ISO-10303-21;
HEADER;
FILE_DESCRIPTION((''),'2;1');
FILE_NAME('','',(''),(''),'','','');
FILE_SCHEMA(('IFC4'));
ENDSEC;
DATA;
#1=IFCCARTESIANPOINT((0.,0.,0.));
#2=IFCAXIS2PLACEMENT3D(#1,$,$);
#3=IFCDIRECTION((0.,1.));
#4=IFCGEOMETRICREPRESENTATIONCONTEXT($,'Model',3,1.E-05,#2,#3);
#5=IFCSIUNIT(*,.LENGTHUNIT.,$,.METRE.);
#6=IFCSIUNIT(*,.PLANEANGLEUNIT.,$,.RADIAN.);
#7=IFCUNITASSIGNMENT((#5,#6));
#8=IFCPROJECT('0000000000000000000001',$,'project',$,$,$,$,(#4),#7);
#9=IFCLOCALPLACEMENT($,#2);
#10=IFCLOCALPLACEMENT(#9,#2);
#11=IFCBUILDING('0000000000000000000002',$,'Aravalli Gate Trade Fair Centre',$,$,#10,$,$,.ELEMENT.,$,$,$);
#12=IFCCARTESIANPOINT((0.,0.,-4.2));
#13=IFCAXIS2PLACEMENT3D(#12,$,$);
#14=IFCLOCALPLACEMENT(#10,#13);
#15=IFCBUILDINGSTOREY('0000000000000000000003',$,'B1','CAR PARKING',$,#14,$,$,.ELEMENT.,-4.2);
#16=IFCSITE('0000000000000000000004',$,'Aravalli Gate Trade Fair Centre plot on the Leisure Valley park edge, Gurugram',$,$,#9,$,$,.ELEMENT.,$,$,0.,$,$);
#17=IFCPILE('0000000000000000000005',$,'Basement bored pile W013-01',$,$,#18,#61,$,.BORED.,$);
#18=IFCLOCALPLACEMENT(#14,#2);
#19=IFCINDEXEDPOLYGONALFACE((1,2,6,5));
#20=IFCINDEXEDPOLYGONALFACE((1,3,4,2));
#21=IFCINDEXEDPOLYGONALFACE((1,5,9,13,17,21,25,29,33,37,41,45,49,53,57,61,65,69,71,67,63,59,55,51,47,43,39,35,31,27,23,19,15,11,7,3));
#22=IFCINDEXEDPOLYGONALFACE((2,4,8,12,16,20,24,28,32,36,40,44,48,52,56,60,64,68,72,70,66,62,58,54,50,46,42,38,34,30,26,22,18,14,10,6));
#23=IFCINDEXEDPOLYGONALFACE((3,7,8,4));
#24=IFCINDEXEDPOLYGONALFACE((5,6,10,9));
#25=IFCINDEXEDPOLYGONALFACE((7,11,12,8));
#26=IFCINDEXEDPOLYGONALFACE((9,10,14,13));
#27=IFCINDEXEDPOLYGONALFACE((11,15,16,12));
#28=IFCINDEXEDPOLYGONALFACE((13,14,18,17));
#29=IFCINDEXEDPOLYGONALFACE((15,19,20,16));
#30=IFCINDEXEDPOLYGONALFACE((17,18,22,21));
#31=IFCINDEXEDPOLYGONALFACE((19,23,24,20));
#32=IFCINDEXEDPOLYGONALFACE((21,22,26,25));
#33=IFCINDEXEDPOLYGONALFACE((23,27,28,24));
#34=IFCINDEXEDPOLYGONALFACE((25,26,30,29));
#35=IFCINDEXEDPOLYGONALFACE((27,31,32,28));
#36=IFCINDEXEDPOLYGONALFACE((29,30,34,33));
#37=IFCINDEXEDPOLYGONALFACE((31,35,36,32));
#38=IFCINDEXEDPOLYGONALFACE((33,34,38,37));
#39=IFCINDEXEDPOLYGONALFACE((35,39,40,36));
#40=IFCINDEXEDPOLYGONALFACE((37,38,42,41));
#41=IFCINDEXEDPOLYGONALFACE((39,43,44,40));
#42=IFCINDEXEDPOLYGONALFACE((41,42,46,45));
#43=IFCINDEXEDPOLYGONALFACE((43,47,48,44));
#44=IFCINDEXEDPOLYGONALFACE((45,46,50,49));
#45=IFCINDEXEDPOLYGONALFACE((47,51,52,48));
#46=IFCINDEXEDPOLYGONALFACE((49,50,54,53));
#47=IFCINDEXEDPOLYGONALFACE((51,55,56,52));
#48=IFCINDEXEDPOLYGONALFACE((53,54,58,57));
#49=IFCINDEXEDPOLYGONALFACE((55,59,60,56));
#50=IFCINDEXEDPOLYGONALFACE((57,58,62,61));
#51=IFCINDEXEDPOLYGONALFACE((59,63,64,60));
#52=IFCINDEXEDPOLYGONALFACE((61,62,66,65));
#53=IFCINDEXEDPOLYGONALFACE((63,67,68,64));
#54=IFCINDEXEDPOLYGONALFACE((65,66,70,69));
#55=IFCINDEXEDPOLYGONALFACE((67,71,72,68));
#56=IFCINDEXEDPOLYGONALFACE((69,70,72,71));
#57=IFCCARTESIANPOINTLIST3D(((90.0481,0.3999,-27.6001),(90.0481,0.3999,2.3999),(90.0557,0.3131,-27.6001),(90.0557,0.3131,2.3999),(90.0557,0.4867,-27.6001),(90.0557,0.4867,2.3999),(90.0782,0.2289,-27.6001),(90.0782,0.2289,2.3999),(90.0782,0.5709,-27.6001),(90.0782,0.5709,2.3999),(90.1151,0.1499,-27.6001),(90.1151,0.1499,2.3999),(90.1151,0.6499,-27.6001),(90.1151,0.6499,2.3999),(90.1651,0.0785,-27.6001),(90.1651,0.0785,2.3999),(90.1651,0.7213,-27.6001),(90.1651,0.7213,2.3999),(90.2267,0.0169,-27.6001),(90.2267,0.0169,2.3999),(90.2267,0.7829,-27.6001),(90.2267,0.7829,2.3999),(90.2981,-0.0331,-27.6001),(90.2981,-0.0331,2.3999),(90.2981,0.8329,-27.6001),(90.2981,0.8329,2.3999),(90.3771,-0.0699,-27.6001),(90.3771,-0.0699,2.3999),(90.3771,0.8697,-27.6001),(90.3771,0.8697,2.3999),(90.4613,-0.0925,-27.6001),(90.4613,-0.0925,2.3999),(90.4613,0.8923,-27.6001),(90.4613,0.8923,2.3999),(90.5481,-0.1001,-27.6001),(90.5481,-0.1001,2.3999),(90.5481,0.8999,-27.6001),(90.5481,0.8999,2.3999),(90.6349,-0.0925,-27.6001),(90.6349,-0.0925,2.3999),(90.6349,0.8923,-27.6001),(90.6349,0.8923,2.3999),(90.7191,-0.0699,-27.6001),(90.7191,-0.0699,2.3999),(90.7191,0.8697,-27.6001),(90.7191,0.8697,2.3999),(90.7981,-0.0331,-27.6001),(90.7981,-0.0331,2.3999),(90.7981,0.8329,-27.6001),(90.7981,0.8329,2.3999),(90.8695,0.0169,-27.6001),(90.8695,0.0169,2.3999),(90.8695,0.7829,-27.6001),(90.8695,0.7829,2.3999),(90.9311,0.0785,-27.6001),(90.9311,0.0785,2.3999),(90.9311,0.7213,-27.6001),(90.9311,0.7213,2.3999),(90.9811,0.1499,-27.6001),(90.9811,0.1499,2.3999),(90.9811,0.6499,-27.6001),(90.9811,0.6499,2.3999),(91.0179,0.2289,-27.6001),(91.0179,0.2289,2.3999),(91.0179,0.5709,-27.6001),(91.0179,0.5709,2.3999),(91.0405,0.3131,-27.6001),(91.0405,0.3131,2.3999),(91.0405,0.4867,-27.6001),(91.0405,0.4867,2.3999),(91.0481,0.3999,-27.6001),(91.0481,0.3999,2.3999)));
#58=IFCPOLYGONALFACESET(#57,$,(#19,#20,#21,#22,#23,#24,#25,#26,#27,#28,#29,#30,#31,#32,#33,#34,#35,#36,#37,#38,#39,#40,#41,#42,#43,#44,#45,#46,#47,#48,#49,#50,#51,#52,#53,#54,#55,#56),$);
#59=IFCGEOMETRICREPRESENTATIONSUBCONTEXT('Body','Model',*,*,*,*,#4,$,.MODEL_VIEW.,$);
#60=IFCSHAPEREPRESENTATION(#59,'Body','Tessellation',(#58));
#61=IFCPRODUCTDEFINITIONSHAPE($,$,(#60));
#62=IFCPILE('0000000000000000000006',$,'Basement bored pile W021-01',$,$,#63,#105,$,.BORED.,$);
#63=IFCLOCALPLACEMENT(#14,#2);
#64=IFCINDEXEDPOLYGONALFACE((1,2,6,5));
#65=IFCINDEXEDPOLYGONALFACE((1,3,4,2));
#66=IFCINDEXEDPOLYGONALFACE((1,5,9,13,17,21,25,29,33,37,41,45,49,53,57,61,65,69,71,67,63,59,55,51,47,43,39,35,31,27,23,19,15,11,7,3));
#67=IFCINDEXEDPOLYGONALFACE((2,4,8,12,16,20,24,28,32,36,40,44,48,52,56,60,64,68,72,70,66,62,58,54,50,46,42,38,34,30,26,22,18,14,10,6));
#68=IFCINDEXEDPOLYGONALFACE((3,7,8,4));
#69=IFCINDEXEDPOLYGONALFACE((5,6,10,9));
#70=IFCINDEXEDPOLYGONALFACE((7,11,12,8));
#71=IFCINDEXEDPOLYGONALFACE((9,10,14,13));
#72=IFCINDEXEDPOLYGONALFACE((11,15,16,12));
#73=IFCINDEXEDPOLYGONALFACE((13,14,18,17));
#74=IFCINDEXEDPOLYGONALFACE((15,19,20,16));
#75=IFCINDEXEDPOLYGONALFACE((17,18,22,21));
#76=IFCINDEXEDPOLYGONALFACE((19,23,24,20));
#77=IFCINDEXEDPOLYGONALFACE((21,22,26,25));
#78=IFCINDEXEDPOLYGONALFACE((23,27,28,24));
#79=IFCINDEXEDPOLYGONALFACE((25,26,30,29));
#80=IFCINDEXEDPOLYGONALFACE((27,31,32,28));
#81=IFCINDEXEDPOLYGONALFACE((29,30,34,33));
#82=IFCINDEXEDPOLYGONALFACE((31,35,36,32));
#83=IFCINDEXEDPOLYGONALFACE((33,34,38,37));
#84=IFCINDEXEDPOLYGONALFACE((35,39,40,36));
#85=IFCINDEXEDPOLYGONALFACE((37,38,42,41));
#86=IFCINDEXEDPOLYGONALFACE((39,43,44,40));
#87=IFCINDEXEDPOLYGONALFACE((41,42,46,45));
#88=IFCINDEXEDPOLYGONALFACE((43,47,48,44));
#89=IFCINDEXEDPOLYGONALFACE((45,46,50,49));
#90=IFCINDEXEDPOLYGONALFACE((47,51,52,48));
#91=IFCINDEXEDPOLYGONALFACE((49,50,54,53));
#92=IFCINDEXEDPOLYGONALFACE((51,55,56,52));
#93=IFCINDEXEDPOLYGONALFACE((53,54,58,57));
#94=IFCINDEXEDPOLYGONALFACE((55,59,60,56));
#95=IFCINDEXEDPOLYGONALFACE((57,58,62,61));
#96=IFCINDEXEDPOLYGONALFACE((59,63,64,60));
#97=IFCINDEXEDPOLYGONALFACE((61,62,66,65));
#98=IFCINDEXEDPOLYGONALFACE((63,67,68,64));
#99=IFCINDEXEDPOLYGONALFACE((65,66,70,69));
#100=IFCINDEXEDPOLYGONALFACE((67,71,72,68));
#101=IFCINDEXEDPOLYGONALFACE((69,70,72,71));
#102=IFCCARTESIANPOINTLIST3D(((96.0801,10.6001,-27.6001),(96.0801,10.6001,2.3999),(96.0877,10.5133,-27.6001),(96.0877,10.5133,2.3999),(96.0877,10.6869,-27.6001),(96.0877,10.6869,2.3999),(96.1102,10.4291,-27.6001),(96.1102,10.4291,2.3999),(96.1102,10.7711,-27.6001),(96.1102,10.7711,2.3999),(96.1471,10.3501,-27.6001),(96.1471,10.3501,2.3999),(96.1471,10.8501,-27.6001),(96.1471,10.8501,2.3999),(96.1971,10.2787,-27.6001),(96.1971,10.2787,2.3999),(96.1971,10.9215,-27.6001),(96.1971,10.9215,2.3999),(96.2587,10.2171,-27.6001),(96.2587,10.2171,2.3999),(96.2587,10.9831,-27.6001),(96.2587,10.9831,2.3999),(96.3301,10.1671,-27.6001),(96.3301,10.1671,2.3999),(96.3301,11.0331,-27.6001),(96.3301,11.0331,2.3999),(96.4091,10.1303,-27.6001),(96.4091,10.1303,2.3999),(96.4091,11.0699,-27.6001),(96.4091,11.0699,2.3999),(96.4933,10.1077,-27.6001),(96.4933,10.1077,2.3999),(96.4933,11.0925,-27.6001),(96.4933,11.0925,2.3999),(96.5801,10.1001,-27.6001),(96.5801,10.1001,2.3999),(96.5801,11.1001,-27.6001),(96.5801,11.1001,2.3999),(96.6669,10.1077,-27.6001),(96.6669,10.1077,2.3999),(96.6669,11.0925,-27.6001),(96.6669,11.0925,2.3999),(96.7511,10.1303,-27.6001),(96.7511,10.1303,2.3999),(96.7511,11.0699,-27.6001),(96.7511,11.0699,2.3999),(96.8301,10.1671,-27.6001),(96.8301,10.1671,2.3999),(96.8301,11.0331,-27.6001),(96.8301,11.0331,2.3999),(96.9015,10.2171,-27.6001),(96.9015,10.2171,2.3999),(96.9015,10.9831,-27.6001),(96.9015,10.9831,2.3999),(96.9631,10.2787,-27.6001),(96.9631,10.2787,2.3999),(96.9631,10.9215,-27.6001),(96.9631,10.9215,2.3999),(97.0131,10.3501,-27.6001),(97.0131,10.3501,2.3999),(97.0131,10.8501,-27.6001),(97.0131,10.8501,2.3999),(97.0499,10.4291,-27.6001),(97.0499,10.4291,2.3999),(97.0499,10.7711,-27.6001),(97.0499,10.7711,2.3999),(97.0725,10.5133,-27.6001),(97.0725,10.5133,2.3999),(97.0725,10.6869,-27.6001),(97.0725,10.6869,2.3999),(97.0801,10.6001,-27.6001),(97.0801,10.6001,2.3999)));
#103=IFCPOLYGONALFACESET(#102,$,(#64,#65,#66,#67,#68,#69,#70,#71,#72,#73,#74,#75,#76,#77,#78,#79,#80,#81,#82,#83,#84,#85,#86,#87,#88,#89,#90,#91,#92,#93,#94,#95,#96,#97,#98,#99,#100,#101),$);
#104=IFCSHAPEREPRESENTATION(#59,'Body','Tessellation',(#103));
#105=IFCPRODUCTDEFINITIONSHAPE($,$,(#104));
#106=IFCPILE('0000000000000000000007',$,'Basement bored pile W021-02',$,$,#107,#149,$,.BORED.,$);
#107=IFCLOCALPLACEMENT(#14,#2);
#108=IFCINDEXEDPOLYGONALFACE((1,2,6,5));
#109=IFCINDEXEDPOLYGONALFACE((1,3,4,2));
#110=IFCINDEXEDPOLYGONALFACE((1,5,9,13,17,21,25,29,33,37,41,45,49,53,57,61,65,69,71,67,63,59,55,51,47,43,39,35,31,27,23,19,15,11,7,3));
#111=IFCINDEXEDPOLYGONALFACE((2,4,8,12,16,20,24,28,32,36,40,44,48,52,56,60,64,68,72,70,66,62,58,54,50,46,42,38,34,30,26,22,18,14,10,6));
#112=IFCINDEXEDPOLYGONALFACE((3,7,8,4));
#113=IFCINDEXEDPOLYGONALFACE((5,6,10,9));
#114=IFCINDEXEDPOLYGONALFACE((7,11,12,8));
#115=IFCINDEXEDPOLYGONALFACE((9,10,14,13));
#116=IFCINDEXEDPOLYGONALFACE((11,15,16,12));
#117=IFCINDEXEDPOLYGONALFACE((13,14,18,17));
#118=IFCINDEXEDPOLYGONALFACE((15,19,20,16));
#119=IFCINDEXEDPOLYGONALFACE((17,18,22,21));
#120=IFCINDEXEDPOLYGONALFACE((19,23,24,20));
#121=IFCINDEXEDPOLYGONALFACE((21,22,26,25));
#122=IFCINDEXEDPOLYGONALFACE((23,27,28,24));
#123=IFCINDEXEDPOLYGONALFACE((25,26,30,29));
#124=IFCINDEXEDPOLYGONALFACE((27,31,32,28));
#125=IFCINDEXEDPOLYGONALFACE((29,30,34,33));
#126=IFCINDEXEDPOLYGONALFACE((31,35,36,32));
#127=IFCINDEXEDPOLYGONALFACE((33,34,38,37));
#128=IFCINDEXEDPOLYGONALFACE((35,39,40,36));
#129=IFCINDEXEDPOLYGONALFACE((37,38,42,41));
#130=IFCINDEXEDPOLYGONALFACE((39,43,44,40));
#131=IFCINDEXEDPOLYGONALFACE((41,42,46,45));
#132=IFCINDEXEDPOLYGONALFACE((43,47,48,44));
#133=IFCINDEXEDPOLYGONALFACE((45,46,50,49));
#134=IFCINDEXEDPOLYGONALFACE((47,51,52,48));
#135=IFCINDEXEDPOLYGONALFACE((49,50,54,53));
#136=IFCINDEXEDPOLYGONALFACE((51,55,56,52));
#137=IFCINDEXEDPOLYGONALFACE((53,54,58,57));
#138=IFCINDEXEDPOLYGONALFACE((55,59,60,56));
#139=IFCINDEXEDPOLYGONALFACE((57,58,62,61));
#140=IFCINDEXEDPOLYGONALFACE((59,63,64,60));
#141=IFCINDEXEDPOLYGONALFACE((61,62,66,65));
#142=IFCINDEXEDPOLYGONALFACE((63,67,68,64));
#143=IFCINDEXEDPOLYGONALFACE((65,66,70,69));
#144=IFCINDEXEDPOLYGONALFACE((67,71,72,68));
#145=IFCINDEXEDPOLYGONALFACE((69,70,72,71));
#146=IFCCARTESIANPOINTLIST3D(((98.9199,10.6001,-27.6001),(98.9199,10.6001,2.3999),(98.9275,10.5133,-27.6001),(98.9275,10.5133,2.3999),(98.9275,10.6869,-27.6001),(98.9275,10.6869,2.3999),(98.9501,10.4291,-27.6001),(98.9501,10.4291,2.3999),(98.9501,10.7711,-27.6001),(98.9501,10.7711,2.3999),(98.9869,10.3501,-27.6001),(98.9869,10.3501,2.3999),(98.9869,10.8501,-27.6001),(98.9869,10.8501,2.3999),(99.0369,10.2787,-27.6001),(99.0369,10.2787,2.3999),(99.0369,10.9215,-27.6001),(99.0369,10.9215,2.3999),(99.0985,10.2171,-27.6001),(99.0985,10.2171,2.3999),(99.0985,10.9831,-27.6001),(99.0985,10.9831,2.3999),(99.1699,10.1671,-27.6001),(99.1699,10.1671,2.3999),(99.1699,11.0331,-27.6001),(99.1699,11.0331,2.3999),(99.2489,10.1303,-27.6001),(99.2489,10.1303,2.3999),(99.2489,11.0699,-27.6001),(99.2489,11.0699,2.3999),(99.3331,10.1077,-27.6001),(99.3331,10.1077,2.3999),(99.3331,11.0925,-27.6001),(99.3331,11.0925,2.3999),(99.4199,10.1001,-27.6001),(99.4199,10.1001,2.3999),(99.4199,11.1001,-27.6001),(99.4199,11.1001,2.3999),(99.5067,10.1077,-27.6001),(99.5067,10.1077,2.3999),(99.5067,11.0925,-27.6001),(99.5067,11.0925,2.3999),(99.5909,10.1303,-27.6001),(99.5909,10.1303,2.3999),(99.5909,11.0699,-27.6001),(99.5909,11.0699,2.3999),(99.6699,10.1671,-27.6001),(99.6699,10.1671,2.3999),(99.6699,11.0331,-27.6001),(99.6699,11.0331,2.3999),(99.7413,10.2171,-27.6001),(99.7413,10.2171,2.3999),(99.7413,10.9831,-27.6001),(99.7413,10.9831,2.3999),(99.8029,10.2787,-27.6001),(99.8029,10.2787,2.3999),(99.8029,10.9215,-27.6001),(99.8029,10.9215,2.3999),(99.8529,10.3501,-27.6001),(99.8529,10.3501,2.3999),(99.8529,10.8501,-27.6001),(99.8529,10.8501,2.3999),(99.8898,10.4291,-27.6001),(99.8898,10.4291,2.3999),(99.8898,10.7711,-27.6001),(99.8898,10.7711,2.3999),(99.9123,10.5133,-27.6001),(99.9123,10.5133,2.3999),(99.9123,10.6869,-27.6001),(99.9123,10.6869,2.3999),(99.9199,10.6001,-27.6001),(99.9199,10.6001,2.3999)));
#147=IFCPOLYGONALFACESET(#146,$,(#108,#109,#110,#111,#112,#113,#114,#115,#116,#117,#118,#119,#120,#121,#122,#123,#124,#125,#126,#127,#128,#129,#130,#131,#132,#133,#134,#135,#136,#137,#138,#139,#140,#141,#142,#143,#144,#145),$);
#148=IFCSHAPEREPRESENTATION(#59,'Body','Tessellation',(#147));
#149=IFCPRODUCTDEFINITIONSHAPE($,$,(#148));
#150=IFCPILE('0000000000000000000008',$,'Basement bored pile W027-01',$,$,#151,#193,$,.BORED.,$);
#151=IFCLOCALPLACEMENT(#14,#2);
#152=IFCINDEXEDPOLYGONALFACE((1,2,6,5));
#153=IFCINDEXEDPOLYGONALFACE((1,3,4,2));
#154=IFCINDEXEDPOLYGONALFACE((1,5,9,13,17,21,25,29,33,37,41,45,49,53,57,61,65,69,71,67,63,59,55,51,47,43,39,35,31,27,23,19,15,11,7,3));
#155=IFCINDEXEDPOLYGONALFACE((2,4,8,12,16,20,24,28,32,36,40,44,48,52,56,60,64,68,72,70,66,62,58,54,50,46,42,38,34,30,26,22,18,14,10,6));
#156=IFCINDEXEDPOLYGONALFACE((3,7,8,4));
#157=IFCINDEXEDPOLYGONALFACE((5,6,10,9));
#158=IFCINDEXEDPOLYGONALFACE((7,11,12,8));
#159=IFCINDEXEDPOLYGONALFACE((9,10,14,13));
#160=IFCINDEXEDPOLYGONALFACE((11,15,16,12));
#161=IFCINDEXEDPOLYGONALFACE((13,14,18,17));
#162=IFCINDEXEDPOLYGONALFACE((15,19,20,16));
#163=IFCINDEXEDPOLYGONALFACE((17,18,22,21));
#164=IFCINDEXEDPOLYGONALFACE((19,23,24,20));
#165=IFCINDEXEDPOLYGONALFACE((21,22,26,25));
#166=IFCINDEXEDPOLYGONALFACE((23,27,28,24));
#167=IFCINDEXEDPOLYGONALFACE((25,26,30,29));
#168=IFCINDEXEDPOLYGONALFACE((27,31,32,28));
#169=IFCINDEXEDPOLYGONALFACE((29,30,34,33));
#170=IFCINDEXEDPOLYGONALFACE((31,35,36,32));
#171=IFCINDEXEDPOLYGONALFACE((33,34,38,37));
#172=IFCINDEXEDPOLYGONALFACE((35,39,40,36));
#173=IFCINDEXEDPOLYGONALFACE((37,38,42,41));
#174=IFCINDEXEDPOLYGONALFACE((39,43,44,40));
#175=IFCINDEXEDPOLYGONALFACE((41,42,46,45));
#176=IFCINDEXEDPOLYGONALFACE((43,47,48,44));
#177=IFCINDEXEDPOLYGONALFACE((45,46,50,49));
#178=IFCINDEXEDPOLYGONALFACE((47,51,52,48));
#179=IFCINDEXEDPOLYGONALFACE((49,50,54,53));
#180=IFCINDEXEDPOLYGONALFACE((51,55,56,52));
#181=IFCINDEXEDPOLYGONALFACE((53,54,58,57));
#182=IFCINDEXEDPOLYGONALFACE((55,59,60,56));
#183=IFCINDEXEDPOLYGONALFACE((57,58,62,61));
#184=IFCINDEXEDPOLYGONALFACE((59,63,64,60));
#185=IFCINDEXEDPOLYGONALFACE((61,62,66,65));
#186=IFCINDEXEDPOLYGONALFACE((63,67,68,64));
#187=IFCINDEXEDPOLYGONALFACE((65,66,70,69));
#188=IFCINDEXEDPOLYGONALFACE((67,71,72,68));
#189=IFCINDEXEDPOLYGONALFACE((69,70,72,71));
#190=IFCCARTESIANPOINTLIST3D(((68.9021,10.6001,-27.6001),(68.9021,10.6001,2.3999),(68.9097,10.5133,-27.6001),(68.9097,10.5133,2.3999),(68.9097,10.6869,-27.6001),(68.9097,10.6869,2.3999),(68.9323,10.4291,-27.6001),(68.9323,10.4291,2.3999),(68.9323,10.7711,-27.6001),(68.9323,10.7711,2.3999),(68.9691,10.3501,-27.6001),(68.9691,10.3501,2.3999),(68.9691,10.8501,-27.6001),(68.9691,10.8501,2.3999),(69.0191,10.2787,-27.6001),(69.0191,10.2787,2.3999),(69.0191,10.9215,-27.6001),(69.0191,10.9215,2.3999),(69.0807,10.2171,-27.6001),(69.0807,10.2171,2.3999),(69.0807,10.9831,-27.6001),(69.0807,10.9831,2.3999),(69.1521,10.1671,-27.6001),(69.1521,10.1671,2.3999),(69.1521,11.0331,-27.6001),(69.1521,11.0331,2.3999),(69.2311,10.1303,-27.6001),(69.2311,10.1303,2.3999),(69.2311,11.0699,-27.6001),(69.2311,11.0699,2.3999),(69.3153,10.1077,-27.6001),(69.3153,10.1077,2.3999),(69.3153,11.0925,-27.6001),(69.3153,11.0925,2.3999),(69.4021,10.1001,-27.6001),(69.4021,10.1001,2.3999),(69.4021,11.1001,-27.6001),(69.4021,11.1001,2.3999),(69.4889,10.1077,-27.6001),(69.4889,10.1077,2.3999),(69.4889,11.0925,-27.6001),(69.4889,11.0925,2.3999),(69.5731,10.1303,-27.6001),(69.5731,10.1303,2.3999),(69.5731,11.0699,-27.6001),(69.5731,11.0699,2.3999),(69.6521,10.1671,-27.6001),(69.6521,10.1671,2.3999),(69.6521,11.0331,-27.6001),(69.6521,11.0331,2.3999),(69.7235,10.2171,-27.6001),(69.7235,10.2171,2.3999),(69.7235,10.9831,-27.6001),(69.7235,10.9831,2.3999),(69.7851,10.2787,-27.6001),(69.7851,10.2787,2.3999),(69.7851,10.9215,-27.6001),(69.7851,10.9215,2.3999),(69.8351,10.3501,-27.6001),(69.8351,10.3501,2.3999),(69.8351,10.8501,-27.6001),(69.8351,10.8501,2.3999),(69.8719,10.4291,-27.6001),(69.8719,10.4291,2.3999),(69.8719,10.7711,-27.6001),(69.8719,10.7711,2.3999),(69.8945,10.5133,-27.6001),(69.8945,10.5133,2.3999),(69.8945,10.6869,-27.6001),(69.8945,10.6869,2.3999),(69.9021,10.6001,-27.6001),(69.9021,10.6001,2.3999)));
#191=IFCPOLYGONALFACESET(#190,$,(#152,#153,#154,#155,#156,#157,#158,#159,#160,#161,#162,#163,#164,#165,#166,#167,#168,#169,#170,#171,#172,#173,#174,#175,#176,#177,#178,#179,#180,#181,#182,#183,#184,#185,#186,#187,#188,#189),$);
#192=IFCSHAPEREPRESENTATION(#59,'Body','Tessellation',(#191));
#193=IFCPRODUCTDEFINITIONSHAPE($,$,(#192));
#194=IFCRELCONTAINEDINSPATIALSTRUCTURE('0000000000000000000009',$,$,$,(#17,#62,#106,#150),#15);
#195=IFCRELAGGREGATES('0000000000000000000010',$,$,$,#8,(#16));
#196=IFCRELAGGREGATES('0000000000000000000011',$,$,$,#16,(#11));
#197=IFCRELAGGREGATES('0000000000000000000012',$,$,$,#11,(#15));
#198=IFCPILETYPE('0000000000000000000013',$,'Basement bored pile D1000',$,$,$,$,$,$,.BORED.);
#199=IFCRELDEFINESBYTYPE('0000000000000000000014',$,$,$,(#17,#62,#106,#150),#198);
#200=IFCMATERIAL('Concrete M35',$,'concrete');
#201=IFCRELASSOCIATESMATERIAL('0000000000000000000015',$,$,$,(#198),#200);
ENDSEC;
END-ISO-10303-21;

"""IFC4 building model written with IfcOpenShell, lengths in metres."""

from ifc_helpers import new_model, si_unit, direction, frame, origin, origin_2d, place, context, subcontext, project, spatial, circle, extrude, material, material_profile, profile_set, type_object, element, save


model = new_model("IFC4")

# Units and contexts
model_context = context("Model", 3, precision=1e-05, world=origin(), true_north=direction((0.0, 1.0)))
body_context = subcontext(model_context, "Body", "Model", "MODEL_VIEW")
ifc_project = project(units=[si_unit("LENGTHUNIT", "METRE"), si_unit("PLANEANGLEUNIT", "RADIAN")], contexts=[model_context])

# Site, building, storey
site_placement = place(None, origin())
site = spatial("IfcSite", under=ifc_project, at=site_placement, Name="Aravalli Gate Trade Fair Centre plot on the Leisure Valley park edge, Gurugram", CompositionType="ELEMENT", RefElevation=0.0)
building_placement = place(site_placement, origin())
building = spatial("IfcBuilding", under=site, at=building_placement, Name="Aravalli Gate Trade Fair Centre", CompositionType="ELEMENT")
storey_placement = place(building_placement, frame((0.0, 0.0, -4.2)))
storey = spatial("IfcBuildingStorey", under=building, at=storey_placement, Name="B1", Description="CAR PARKING", CompositionType="ELEMENT", Elevation=-4.2)

# Piles
ifc_material = material(Name="Concrete M35", Category="concrete")
ifc_material_profile = material_profile(ifc_material, circle(Radius=0.5, at=origin_2d()), Name="D1000")
ifc_profile_set = profile_set([ifc_material_profile], Name="Concrete M35")
pile_type = type_object("IfcPileType", Name="Basement bored pile D1000", PredefinedType="BORED", material=ifc_profile_set)
for number, where, z_axis, x_axis, name in (
    (1, (90.5481, 0.3999, 2.3999), (0.0, 0.0, -1.0), (1.0, 0.0, 0.0), "Basement bored pile W013-01"),
    (2, (96.5801, 10.6001, 2.3999), (0.0, 0.0, -1.0), (1.0, 0.0, 0.0), "Basement bored pile W021-01"),
    (3, (99.4199, 10.6001, 2.3999), (0.0, 0.0, -1.0), (1.0, 0.0, 0.0), "Basement bored pile W021-02"),
    (4, (69.4021, 10.6001, 2.3999), (0.0, 0.0, -1.0), (1.0, 0.0, 0.0), "Basement bored pile W027-01"),
):
    element("IfcPile", number, at=place(storey_placement, frame(where, z_axis=z_axis, x_axis=x_axis)), inside=storey, type_object=pile_type, Name=name, PredefinedType="BORED", context=body_context, shape_type="SweptSolid", body=[
        extrude(circle(Radius=0.5, at=origin_2d()), origin(), (0.0, 0.0, 1.0), 30.0),
    ])

save(model, "model.ifc")
